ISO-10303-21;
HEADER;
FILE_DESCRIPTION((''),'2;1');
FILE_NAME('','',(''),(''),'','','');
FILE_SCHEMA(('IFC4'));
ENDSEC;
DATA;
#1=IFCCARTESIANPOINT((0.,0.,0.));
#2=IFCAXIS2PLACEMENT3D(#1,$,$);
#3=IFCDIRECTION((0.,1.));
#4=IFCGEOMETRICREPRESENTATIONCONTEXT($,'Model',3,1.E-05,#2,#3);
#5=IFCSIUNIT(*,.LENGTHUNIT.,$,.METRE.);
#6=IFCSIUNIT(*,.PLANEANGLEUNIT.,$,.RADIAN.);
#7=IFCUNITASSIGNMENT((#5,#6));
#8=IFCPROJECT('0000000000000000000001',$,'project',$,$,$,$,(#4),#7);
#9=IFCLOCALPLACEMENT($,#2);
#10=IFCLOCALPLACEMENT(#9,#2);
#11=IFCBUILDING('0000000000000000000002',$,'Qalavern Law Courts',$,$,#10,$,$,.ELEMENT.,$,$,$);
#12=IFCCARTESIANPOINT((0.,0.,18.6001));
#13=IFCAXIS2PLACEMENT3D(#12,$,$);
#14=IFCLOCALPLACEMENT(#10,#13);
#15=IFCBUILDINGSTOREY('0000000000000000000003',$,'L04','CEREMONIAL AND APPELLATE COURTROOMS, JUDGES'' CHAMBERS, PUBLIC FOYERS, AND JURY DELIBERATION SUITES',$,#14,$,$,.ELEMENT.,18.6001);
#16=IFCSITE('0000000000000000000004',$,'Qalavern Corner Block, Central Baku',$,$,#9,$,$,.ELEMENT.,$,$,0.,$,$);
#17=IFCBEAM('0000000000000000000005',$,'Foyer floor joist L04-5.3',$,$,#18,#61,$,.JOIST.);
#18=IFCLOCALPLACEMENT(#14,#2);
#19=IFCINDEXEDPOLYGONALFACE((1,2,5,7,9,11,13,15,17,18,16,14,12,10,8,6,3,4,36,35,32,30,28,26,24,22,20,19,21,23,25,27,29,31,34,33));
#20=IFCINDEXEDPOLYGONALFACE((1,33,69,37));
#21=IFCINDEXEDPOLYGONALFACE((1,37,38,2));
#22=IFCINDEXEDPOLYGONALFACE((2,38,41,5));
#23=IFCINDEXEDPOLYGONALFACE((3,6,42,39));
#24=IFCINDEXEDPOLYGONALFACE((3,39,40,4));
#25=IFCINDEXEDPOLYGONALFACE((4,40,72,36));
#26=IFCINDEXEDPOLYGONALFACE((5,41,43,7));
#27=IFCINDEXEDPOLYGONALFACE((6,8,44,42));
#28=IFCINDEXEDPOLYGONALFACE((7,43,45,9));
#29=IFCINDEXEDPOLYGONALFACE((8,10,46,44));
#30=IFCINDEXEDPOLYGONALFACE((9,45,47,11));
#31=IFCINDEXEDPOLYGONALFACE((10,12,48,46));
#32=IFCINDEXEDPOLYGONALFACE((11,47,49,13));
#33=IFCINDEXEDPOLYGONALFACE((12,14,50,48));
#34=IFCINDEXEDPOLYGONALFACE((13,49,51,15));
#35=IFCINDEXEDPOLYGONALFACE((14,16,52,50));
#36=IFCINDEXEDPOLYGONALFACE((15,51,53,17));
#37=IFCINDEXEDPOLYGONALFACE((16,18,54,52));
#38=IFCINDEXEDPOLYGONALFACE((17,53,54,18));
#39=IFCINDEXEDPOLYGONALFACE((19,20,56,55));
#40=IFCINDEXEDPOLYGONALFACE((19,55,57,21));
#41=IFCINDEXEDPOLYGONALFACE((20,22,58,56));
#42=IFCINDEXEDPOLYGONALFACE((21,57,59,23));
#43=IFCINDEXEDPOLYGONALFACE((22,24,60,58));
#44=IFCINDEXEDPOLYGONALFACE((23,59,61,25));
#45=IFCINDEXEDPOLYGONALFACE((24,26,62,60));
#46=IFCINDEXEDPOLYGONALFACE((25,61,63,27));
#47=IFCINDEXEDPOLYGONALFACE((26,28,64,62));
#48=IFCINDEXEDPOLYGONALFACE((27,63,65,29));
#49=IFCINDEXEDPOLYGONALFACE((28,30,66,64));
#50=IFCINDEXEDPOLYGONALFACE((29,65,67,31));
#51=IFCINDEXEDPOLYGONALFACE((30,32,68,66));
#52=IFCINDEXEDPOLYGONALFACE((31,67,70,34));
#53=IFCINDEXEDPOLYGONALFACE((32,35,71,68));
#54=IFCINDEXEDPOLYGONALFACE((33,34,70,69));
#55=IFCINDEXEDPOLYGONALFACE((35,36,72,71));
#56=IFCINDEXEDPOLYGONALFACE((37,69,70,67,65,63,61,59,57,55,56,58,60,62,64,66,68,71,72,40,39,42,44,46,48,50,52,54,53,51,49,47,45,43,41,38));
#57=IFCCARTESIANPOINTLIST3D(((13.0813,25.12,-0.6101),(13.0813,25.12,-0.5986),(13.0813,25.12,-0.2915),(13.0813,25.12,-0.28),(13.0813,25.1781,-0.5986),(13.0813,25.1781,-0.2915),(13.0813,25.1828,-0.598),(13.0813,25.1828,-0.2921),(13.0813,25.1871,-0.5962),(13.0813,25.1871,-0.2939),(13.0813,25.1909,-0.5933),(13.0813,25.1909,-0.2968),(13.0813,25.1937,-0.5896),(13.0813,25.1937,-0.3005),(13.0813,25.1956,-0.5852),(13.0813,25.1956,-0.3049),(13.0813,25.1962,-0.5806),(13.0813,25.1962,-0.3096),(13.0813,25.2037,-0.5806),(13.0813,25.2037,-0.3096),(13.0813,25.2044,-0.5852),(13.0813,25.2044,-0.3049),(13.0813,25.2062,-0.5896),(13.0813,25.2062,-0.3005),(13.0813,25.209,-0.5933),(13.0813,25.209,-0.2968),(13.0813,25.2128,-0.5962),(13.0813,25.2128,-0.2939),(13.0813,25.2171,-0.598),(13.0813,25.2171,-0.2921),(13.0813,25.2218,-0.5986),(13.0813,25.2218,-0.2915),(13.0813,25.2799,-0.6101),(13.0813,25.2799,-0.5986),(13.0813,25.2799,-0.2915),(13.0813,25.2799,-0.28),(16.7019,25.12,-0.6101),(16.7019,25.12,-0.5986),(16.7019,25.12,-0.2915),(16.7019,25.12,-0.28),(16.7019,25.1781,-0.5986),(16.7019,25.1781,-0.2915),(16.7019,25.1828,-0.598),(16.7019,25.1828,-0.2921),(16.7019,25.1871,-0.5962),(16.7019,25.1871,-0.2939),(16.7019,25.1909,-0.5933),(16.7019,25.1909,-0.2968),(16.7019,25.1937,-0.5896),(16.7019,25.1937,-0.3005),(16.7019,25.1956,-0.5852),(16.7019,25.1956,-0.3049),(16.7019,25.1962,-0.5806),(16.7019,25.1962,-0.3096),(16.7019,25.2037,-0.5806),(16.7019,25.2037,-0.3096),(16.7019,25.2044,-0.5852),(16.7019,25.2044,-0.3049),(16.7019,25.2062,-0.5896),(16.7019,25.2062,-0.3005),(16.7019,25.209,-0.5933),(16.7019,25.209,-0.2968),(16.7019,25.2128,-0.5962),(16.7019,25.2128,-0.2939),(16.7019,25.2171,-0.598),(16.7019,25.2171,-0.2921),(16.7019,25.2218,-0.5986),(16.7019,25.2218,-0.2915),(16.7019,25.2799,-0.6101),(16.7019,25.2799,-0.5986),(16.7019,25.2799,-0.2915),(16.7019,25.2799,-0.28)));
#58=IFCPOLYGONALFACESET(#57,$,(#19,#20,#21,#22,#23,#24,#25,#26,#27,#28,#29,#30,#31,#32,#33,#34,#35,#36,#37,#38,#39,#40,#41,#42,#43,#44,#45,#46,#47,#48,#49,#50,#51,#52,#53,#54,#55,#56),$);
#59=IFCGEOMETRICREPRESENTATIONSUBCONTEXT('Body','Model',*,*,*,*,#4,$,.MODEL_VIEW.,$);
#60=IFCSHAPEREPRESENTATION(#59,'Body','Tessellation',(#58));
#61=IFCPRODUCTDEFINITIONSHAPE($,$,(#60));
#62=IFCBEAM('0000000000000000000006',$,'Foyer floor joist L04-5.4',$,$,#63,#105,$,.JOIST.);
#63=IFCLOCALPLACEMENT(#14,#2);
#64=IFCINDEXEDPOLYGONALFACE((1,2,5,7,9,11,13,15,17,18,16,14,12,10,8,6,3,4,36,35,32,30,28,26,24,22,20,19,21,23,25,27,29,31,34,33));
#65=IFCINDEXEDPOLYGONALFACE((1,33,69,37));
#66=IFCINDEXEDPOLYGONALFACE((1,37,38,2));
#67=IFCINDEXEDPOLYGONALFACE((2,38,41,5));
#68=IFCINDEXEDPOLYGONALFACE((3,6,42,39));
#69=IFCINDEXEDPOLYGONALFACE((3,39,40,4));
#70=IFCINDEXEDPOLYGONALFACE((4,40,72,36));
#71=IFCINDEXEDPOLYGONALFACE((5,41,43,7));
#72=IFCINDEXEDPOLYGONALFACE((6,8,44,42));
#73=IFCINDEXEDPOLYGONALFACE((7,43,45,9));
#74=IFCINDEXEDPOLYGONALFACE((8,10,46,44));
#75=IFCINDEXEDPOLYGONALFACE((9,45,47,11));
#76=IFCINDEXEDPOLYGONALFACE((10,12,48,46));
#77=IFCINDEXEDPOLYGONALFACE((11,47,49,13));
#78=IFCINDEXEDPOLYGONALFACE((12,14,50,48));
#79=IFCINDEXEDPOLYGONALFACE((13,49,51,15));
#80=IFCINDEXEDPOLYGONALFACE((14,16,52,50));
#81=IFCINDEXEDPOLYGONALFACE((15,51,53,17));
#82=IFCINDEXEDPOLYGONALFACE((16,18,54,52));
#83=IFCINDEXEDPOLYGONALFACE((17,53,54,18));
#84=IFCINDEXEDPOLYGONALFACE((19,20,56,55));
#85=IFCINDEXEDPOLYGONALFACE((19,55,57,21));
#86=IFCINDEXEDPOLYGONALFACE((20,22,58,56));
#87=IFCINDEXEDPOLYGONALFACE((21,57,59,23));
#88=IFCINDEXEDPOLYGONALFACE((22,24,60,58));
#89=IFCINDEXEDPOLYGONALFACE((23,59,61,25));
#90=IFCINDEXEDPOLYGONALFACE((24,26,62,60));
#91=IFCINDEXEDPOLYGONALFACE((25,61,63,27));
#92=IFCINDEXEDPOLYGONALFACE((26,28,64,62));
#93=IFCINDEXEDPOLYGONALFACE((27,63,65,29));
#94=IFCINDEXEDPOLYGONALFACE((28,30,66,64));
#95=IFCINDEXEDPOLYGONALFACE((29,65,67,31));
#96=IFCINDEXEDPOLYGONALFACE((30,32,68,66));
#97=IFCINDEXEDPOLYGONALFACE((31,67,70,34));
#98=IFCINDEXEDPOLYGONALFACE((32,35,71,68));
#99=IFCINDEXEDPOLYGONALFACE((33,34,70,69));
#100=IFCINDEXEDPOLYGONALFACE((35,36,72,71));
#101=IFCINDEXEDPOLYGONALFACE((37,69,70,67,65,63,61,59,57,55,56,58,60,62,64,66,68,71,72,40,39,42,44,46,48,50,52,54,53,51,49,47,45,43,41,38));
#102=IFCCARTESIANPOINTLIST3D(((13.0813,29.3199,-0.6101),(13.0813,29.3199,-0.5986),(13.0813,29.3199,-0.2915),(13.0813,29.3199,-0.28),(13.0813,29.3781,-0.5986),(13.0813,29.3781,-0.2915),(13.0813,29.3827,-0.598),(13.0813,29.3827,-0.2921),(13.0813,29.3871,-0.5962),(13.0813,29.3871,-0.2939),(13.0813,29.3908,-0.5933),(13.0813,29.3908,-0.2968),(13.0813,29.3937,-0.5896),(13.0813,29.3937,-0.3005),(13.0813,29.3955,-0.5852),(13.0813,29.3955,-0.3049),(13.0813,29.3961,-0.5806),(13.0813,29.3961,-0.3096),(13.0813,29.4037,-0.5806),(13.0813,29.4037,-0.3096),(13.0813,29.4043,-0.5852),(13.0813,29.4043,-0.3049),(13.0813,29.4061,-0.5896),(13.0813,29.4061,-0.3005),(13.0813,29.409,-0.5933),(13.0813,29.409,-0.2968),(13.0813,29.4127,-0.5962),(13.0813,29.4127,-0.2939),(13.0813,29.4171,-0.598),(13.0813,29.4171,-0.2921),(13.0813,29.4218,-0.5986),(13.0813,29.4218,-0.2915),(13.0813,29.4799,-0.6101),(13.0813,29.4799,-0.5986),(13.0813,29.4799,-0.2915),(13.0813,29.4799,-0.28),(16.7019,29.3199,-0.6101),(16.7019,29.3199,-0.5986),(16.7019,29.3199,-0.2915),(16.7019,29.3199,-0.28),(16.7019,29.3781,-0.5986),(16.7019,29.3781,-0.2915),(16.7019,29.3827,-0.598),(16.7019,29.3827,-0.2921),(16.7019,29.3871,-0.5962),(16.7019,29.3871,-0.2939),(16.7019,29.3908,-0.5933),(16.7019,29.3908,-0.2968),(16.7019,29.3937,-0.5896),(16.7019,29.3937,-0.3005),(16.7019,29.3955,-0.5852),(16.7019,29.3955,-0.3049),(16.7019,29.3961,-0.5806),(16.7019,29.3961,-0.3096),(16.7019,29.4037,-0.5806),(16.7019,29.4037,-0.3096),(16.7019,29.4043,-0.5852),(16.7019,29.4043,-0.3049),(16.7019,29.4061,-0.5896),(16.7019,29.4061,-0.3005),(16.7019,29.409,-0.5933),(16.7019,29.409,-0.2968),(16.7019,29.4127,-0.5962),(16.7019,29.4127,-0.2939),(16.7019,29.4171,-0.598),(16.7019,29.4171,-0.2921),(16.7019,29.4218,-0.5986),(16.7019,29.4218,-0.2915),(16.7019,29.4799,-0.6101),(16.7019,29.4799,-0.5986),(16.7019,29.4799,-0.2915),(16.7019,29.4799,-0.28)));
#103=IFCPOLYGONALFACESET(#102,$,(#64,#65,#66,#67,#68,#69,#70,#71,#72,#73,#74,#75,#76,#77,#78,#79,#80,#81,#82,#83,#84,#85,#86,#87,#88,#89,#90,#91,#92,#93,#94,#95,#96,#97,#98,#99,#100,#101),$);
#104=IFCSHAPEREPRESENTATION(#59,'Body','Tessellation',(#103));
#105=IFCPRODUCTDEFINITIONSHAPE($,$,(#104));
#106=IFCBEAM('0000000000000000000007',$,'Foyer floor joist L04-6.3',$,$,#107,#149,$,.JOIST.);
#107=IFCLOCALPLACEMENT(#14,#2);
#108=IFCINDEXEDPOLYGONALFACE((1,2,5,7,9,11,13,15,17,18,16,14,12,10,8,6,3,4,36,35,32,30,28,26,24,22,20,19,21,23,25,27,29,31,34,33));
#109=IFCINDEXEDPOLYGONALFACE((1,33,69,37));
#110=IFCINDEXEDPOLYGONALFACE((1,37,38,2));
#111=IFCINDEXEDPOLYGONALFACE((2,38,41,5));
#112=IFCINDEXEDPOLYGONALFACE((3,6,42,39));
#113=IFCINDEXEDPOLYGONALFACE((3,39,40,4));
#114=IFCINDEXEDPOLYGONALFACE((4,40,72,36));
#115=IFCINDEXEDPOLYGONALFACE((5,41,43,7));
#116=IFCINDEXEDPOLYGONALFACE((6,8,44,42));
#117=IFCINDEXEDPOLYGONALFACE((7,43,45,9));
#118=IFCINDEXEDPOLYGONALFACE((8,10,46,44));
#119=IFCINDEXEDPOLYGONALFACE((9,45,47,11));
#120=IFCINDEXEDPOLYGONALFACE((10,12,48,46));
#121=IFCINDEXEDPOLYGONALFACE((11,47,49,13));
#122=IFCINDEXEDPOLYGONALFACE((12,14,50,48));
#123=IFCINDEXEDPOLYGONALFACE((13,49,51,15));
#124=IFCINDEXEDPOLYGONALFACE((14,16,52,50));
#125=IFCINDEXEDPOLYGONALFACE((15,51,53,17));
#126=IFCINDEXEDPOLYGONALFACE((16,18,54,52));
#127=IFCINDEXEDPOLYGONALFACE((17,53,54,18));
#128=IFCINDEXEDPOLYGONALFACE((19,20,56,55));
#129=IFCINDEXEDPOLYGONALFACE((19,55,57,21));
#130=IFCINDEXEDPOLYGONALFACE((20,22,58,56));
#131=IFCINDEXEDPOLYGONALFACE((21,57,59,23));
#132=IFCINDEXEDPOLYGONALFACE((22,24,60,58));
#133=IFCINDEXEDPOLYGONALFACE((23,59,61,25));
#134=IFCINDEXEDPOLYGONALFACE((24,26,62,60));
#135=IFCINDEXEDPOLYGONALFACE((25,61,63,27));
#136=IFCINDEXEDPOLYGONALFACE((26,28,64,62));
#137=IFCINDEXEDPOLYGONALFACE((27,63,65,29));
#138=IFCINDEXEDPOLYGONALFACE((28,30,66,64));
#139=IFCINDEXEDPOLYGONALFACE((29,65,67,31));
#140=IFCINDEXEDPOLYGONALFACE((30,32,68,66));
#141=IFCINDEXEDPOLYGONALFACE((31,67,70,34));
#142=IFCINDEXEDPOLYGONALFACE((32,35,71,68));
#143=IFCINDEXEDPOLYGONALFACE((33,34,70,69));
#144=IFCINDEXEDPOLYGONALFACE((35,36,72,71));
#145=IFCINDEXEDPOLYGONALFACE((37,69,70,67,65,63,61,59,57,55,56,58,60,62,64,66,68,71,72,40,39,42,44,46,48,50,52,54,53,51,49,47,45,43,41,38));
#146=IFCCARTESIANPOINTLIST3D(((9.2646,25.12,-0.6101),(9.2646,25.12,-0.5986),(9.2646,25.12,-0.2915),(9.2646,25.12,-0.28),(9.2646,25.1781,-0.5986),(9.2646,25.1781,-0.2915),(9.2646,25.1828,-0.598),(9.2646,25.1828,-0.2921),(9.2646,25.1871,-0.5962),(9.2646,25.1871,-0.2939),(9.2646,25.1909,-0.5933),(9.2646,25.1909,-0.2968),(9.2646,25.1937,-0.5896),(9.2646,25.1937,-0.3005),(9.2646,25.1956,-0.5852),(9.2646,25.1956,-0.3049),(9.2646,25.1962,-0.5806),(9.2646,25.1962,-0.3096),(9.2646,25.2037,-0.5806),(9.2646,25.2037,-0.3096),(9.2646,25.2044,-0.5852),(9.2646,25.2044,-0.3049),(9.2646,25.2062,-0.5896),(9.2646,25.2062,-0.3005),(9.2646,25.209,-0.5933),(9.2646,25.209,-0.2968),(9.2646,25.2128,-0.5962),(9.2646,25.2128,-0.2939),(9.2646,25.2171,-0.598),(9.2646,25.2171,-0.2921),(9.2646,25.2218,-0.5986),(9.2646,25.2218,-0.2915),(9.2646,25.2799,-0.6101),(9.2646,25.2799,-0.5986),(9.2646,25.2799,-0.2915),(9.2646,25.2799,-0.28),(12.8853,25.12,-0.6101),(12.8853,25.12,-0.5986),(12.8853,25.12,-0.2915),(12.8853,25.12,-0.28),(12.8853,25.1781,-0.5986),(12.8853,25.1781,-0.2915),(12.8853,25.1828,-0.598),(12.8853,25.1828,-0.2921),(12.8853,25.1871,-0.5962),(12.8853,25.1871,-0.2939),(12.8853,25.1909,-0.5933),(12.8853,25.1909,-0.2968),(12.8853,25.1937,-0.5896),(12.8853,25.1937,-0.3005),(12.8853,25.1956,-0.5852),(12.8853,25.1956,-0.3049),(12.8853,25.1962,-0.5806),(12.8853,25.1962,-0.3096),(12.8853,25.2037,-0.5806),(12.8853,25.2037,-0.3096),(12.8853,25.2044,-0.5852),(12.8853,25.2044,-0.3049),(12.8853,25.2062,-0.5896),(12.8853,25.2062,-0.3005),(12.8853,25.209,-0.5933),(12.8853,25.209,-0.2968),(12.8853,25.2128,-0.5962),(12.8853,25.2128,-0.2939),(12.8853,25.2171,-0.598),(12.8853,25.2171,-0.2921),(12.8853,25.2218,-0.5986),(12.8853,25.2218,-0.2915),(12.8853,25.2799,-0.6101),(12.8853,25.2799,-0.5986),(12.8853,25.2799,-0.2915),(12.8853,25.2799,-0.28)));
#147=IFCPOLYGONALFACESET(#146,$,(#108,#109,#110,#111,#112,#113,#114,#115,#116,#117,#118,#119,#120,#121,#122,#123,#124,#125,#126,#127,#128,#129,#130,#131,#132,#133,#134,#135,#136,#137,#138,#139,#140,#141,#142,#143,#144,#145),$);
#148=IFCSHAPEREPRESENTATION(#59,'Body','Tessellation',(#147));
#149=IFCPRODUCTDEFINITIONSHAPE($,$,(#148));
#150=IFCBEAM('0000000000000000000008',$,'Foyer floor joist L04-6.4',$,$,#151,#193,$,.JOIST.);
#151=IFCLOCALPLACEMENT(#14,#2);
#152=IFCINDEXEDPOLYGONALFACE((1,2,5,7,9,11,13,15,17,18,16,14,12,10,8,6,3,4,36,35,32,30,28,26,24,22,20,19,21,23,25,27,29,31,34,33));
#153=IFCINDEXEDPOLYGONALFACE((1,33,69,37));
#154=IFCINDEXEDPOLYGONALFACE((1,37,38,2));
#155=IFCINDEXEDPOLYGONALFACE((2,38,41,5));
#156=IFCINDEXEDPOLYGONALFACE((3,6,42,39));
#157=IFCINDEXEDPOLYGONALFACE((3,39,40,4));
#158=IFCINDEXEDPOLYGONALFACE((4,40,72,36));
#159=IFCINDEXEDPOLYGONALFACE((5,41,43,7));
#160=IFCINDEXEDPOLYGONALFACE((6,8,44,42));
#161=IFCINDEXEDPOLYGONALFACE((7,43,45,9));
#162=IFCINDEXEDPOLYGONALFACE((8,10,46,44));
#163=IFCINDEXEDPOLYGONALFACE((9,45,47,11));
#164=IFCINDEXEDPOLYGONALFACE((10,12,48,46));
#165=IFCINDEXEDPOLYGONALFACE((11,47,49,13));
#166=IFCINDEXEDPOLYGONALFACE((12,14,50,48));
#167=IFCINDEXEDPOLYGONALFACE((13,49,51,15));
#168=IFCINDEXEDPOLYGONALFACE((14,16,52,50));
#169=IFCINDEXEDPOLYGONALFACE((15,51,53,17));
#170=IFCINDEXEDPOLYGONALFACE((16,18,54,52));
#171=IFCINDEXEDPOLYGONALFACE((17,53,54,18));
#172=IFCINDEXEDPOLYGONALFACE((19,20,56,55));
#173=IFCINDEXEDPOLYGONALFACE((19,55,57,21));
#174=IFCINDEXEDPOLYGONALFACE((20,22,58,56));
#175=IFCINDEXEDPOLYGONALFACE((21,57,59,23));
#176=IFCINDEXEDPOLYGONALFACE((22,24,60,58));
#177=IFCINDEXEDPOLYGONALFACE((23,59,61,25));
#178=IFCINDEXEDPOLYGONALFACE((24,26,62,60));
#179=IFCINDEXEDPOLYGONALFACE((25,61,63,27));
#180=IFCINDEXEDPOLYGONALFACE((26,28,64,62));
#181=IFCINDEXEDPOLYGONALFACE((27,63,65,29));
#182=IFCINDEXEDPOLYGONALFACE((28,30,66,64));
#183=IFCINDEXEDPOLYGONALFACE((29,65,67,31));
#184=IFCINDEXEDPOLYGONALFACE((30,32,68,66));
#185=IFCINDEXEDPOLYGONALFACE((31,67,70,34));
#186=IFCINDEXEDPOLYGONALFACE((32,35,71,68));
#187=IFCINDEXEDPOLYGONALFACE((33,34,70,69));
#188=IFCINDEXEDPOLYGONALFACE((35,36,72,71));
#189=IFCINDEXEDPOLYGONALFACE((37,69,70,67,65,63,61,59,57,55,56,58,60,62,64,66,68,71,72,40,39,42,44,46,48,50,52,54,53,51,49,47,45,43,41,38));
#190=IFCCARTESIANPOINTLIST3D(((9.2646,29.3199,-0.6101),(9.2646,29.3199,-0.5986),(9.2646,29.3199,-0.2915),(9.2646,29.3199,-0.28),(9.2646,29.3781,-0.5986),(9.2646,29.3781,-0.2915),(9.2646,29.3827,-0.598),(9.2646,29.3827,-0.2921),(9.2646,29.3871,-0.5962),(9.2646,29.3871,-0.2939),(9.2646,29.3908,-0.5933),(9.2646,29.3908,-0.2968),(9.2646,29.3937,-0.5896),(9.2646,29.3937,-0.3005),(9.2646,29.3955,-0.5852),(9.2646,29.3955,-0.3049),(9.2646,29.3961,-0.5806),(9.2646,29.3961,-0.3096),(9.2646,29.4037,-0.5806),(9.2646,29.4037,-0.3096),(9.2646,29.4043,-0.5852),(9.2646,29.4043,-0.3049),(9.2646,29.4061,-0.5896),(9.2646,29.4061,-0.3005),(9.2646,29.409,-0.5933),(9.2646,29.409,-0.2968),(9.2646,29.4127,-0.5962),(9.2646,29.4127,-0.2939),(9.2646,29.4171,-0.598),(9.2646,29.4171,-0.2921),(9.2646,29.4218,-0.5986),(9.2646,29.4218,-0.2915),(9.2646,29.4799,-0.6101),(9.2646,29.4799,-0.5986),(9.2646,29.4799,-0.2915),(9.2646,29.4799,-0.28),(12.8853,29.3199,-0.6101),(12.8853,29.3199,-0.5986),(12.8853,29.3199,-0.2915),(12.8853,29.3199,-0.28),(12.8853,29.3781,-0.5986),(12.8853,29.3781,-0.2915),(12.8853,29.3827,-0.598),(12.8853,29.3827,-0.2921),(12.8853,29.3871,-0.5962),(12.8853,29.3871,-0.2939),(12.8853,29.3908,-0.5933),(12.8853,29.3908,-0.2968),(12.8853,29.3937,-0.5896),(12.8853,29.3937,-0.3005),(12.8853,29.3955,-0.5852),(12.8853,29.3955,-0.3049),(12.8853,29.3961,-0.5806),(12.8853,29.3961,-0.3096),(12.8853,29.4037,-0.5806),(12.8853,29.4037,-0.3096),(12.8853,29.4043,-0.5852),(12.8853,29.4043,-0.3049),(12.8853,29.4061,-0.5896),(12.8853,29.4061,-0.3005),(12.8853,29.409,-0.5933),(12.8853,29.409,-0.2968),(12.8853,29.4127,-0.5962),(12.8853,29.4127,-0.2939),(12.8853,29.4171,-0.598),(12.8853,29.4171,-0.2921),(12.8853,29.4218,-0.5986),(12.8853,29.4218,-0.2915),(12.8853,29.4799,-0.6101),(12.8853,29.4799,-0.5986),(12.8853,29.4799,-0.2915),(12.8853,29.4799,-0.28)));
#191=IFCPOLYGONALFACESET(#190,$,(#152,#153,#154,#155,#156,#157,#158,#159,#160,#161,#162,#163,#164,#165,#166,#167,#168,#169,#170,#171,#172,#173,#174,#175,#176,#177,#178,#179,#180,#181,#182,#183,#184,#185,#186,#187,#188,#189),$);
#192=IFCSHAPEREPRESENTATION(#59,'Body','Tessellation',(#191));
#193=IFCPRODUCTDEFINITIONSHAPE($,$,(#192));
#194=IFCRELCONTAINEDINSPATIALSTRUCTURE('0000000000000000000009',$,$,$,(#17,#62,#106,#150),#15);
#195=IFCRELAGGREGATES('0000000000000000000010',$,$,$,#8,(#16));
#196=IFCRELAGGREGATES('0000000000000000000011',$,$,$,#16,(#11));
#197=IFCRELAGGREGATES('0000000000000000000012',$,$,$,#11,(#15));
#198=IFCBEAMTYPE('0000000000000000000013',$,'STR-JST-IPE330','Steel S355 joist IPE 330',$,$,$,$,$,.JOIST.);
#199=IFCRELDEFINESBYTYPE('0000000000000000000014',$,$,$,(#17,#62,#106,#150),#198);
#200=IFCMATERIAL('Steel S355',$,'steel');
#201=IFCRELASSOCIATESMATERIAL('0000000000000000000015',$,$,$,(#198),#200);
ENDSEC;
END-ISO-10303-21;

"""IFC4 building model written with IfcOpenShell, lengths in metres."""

from ifc_helpers import new_model, si_unit, direction, frame, origin, origin_2d, place, context, subcontext, project, spatial, i_section, extrude, material, material_profile, profile_set, type_object, element, save


model = new_model("IFC4")

# Units and contexts
model_context = context("Model", 3, precision=1e-05, world=origin(), true_north=direction((0.0, 1.0)))
body_context = subcontext(model_context, "Body", "Model", "MODEL_VIEW")
ifc_project = project(units=[si_unit("LENGTHUNIT", "METRE"), si_unit("PLANEANGLEUNIT", "RADIAN")], contexts=[model_context])

# Site, building, storey
site_placement = place(None, origin())
site = spatial("IfcSite", under=ifc_project, at=site_placement, Name="Qalavern Corner Block, Central Baku", CompositionType="ELEMENT", RefElevation=0.0)
building_placement = place(site_placement, origin())
building = spatial("IfcBuilding", under=site, at=building_placement, Name="Qalavern Law Courts", CompositionType="ELEMENT")
storey_placement = place(building_placement, frame((0.0, 0.0, 18.6001)))
storey = spatial("IfcBuildingStorey", under=building, at=storey_placement, Name="L04", Description="CEREMONIAL AND APPELLATE COURTROOMS, JUDGES' CHAMBERS, PUBLIC FOYERS, AND JURY DELIBERATION SUITES", CompositionType="ELEMENT", Elevation=18.6001)

# Shared definitions
ifc_material_1 = material(Name="Steel S355", Category="steel")

# Beams
ifc_material_profile_1 = material_profile(ifc_material_1, i_section(OverallWidth=0.1599, OverallDepth=0.3301, WebThickness=0.0076, FlangeThickness=0.0115, FilletRadius=0.0181, at=origin_2d()), Name="IPE 330")
ifc_profile_set_1 = profile_set([ifc_material_profile_1], Name="Steel S355")
beam_type_1 = type_object("IfcBeamType", Name="STR-JST-IPE330", Description="Steel S355 joist IPE 330", PredefinedType="JOIST", material=ifc_profile_set_1)
for number, where, z_axis, x_axis, name in (
    (1, (13.0813, 25.2, -0.4451), (1.0, 0.0, 0.0), (0.0, 1.0, 0.0), "Foyer floor joist L04-5.3"),
    (2, (13.0813, 29.3999, -0.4451), (1.0, 0.0, 0.0), (0.0, 1.0, 0.0), "Foyer floor joist L04-5.4"),
    (3, (9.2646, 25.2, -0.4451), (1.0, 0.0, 0.0), (0.0, 1.0, 0.0), "Foyer floor joist L04-6.3"),
    (4, (9.2646, 29.3999, -0.4451), (1.0, 0.0, 0.0), (0.0, 1.0, 0.0), "Foyer floor joist L04-6.4"),
):
    element("IfcBeam", number, at=place(storey_placement, frame(where, z_axis=z_axis, x_axis=x_axis)), inside=storey, type_object=beam_type_1, Name=name, PredefinedType="JOIST", context=body_context, shape_type="SweptSolid", body=[
        extrude(i_section(OverallWidth=0.1599, OverallDepth=0.3301, WebThickness=0.0076, FlangeThickness=0.0115, FilletRadius=0.0181, at=origin_2d()), origin(), (0.0, 0.0, 1.0), 3.6206),
    ])

save(model, "model.ifc")
